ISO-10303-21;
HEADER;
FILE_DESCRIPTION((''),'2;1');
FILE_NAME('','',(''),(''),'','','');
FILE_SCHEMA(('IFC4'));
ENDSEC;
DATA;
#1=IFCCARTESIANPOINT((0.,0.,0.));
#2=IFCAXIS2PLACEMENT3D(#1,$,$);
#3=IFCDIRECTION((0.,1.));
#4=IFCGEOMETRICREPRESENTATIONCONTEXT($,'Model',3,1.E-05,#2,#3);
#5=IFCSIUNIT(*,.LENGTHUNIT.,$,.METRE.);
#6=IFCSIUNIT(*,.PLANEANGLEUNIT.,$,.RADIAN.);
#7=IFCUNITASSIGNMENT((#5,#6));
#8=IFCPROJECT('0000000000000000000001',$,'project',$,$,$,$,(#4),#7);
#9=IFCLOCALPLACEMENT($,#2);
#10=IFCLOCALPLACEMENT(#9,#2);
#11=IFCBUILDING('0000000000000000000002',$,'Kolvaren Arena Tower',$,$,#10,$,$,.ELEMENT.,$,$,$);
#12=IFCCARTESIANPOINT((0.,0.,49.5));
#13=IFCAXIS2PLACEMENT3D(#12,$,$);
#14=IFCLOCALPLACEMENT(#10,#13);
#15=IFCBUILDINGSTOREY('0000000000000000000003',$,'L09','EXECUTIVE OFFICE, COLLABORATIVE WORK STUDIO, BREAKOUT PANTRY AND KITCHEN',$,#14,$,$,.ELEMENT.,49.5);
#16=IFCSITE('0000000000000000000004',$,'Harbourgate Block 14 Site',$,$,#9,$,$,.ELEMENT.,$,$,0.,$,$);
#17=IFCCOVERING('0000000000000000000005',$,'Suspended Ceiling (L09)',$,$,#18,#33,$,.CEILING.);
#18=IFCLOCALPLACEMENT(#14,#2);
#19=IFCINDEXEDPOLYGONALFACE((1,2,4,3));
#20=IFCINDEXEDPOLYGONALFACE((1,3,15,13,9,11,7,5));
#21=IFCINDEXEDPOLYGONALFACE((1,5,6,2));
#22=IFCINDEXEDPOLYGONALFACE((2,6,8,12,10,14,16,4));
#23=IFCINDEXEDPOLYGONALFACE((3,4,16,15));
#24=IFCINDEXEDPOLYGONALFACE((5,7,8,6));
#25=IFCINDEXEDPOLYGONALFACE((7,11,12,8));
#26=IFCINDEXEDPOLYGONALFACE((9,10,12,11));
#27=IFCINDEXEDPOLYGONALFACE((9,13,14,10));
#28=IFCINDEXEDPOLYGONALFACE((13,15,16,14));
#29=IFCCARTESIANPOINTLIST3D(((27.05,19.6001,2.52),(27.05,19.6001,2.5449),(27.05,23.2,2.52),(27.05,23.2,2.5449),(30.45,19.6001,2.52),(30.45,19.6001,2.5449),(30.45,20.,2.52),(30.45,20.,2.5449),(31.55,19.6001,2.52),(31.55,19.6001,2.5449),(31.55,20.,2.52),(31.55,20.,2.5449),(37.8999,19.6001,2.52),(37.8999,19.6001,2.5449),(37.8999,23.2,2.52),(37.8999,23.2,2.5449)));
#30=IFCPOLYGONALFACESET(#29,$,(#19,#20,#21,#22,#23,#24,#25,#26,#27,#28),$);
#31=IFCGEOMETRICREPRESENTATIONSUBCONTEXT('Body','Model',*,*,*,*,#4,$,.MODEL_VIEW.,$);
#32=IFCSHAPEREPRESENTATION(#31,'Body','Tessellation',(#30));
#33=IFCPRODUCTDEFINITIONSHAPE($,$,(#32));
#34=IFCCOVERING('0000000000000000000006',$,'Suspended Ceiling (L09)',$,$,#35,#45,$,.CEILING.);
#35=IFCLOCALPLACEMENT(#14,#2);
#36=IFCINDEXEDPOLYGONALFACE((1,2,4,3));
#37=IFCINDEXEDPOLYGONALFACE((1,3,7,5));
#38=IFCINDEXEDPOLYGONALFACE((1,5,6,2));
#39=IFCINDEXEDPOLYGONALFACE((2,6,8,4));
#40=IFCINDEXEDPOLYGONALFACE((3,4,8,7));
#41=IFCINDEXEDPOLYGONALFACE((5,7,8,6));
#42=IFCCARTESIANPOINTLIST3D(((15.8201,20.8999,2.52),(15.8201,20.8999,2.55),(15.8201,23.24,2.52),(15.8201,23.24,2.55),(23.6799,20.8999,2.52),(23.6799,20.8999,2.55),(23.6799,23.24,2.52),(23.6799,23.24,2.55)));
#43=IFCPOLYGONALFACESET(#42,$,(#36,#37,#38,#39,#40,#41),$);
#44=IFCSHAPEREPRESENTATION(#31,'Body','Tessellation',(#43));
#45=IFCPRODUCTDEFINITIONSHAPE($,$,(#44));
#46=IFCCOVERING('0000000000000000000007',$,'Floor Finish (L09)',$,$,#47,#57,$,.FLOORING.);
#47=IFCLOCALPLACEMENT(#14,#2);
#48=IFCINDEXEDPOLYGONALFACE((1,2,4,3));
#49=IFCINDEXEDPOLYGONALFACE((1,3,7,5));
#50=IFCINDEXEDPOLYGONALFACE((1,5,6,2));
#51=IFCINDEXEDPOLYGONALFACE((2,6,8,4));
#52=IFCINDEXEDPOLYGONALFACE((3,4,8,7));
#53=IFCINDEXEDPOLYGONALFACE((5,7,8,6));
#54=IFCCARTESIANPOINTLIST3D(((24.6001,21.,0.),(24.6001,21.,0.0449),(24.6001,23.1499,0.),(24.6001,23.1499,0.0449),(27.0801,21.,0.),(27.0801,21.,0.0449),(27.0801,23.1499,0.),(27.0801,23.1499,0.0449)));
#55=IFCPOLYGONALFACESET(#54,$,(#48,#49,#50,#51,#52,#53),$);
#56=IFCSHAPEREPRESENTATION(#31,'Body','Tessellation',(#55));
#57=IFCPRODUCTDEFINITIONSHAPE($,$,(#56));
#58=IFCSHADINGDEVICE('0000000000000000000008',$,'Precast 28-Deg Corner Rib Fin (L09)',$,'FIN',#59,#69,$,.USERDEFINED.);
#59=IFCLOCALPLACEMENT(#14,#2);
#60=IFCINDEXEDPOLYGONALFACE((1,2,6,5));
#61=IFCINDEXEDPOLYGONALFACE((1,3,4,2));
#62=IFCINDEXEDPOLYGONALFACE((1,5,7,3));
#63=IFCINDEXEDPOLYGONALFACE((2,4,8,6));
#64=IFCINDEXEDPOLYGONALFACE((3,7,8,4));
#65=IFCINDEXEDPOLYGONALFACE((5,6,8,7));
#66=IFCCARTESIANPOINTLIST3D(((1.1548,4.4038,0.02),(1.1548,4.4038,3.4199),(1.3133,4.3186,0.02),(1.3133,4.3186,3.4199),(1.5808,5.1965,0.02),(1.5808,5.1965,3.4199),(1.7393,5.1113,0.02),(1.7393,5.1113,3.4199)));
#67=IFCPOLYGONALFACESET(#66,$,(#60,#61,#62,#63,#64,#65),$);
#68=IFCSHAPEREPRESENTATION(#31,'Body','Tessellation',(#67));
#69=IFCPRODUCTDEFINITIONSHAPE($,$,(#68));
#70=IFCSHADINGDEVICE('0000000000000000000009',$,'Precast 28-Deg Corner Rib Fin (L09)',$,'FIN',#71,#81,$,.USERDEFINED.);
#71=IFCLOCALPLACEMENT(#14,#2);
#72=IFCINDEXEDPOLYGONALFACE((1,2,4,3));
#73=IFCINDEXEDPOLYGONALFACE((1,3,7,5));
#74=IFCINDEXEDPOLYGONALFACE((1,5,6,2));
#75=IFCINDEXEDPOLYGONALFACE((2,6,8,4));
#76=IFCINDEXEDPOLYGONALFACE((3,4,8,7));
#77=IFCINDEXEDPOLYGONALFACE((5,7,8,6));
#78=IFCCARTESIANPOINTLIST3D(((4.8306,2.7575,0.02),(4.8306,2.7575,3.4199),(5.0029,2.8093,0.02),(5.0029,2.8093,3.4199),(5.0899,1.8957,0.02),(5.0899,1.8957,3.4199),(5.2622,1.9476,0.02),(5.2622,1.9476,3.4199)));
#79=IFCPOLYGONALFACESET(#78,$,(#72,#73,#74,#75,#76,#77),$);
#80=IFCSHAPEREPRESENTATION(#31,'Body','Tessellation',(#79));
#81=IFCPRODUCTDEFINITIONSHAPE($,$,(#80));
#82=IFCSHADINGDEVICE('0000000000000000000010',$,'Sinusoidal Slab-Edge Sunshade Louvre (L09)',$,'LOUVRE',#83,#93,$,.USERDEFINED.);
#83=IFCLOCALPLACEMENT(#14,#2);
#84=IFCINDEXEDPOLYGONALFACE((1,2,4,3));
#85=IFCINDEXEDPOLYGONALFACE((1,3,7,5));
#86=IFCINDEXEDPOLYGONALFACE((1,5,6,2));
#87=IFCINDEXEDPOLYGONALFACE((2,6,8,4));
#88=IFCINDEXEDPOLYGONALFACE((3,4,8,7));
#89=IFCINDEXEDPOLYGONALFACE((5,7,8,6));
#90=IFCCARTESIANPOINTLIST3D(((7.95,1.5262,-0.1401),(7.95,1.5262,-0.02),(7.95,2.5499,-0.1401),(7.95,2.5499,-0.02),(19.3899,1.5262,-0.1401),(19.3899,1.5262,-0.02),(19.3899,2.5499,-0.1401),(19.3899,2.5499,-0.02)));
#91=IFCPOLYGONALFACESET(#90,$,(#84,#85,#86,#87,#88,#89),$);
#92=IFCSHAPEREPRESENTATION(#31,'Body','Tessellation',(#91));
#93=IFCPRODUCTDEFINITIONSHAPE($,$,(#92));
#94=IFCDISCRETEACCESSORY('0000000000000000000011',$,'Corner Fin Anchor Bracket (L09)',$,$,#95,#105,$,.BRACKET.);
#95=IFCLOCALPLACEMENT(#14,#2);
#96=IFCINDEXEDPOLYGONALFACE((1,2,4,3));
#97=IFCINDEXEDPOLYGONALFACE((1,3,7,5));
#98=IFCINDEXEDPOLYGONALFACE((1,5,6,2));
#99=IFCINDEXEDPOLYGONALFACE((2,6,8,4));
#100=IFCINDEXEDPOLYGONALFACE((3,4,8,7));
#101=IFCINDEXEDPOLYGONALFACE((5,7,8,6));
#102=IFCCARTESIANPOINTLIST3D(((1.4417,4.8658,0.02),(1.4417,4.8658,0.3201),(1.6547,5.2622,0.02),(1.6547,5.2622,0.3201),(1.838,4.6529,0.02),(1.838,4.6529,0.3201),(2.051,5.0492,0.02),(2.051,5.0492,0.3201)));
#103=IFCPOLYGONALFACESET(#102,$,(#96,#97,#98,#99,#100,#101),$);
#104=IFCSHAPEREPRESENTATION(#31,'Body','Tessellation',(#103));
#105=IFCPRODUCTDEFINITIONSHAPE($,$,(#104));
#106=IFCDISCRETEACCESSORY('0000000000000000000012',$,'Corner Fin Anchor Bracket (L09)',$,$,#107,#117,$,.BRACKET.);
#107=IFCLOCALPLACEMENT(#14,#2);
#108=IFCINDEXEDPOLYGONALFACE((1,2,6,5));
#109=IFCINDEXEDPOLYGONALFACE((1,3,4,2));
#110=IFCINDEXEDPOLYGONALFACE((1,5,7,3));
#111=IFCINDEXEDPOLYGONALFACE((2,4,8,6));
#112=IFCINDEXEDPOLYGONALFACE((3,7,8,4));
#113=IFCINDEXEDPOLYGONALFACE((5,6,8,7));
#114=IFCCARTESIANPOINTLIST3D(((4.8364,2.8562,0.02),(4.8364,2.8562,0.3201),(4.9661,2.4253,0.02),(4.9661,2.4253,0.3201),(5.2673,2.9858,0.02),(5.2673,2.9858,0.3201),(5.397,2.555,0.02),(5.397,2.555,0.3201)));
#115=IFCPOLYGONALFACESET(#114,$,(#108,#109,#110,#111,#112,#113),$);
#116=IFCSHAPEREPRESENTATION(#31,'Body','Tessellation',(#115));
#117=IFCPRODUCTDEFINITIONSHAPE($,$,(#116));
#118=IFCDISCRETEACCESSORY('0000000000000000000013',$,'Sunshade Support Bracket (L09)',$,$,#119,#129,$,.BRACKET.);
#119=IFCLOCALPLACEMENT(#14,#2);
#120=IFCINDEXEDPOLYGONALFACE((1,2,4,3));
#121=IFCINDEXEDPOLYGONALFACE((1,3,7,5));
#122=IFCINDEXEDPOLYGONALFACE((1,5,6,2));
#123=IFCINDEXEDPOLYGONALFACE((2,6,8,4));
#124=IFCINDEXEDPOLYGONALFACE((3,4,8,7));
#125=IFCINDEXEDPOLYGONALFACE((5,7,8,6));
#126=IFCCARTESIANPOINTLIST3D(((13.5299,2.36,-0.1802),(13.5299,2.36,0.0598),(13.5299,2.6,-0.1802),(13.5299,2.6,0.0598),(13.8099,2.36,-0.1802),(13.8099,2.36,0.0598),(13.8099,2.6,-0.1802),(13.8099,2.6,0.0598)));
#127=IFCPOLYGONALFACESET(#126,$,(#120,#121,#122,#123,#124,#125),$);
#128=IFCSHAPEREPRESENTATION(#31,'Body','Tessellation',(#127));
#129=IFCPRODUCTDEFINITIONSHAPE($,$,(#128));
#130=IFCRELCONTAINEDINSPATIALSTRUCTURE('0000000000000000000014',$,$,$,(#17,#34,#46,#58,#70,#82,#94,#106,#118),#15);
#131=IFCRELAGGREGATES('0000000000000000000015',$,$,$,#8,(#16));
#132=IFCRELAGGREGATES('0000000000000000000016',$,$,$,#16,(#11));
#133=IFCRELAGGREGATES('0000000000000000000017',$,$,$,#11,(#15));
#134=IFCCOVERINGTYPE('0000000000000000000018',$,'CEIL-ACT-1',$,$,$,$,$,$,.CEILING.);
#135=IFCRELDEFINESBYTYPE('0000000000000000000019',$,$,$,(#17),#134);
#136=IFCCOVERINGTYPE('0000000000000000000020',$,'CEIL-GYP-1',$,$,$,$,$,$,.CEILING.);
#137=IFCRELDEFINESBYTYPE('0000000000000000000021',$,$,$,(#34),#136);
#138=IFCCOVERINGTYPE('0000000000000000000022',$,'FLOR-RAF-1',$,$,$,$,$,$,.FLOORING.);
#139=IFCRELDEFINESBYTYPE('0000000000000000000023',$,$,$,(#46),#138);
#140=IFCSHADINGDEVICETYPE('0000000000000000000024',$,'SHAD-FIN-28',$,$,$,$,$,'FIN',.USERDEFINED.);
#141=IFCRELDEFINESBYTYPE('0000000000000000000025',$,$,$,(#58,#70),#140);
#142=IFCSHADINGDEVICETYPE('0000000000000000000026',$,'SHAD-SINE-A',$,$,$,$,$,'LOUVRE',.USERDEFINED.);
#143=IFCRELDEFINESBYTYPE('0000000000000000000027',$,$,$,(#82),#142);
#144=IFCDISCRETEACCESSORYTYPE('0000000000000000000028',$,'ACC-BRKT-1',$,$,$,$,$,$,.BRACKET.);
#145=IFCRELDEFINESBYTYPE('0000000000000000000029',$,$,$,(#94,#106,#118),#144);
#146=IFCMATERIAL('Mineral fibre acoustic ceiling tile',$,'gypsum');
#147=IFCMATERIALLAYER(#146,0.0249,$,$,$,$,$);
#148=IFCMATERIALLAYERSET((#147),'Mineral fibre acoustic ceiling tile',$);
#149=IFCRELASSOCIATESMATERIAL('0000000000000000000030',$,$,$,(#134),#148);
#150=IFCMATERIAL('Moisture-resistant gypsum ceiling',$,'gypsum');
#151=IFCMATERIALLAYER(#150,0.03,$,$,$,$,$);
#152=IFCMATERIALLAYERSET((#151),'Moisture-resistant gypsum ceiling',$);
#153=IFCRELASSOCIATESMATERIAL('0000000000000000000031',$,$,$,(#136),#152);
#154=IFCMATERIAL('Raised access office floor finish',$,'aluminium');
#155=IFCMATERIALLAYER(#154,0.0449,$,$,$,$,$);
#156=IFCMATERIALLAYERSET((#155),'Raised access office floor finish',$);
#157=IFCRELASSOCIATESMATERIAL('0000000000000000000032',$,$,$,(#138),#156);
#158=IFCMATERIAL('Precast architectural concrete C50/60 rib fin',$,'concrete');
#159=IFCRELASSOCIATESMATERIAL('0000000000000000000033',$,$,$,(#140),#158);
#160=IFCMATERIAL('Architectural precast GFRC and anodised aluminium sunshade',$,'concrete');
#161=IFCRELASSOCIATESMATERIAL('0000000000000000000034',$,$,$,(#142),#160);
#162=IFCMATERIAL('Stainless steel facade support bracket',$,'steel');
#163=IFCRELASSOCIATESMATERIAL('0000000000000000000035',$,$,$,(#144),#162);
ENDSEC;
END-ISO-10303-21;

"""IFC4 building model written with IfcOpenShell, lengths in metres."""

from ifc_helpers import new_model, si_unit, direction, frame, origin, origin_2d, place, context, subcontext, project, spatial, polyline, rectangle, outline, extrude, material, layer, layer_set, type_object, element, save


model = new_model("IFC4")

# Units and contexts
model_context = context("Model", 3, precision=1e-05, world=origin(), true_north=direction((0.0, 1.0)))
body_context = subcontext(model_context, "Body", "Model", "MODEL_VIEW")
ifc_project = project(units=[si_unit("LENGTHUNIT", "METRE"), si_unit("PLANEANGLEUNIT", "RADIAN")], contexts=[model_context])

# Site, building, storey
site_placement = place(None, origin())
site = spatial("IfcSite", under=ifc_project, at=site_placement, Name="Harbourgate Block 14 Site", CompositionType="ELEMENT", RefElevation=0.0)
building_placement = place(site_placement, origin())
building = spatial("IfcBuilding", under=site, at=building_placement, Name="Kolvaren Arena Tower", CompositionType="ELEMENT")
storey_placement = place(building_placement, frame((0.0, 0.0, 49.5)))
storey = spatial("IfcBuildingStorey", under=building, at=storey_placement, Name="L09", Description="EXECUTIVE OFFICE, COLLABORATIVE WORK STUDIO, BREAKOUT PANTRY AND KITCHEN", CompositionType="ELEMENT", Elevation=49.5)

# Coverings
ifc_material_1 = material(Name="Mineral fibre acoustic ceiling tile", Category="gypsum")
ifc_layer_1 = layer(ifc_material_1, 0.0249)
ifc_layer_set_1 = layer_set([ifc_layer_1], Name="Mineral fibre acoustic ceiling tile")
covering_type_1 = type_object("IfcCoveringType", Name="CEIL-ACT-1", PredefinedType="CEILING", material=ifc_layer_set_1)
covering_1_placement = place(storey_placement, frame((0.0, 0.0, 2.52)))
element("IfcCovering", 1, at=covering_1_placement, inside=storey, type_object=covering_type_1, Name="Suspended Ceiling (L09)", PredefinedType="CEILING", context=body_context, shape_type="SweptSolid", body=[
    extrude(outline(polyline([(27.05, 19.6001), (27.05, 23.2), (37.8999, 23.2), (37.8999, 19.6001), (31.55, 19.6001), (31.55, 20.0), (30.45, 20.0), (30.45, 19.6001), (27.05, 19.6001)])), origin(), (0.0, 0.0, 1.0), 0.0249),
])
ifc_material_2 = material(Name="Moisture-resistant gypsum ceiling", Category="gypsum")
ifc_layer_2 = layer(ifc_material_2, 0.03)
ifc_layer_set_2 = layer_set([ifc_layer_2], Name="Moisture-resistant gypsum ceiling")
covering_type_2 = type_object("IfcCoveringType", Name="CEIL-GYP-1", PredefinedType="CEILING", material=ifc_layer_set_2)
covering_2_placement = place(storey_placement, frame((0.0, 0.0, 2.52)))
element("IfcCovering", 2, at=covering_2_placement, inside=storey, type_object=covering_type_2, Name="Suspended Ceiling (L09)", PredefinedType="CEILING", context=body_context, shape_type="SweptSolid", body=[
    extrude(outline(polyline([(15.8201, 20.8999), (15.8201, 23.24), (23.6799, 23.24), (23.6799, 20.8999), (15.8201, 20.8999)])), origin(), (0.0, 0.0, 1.0), 0.03),
])
ifc_material_3 = material(Name="Raised access office floor finish", Category="aluminium")
ifc_layer_3 = layer(ifc_material_3, 0.0449)
ifc_layer_set_3 = layer_set([ifc_layer_3], Name="Raised access office floor finish")
covering_type_3 = type_object("IfcCoveringType", Name="FLOR-RAF-1", PredefinedType="FLOORING", material=ifc_layer_set_3)
covering_3_placement = place(storey_placement, origin())
element("IfcCovering", 3, at=covering_3_placement, inside=storey, type_object=covering_type_3, Name="Floor Finish (L09)", PredefinedType="FLOORING", context=body_context, shape_type="SweptSolid", body=[
    extrude(outline(polyline([(24.6001, 21.0), (24.6001, 23.1499), (27.0801, 23.1499), (27.0801, 21.0), (24.6001, 21.0)])), origin(), (0.0, 0.0, 1.0), 0.0449),
])

# Shading devices
ifc_material_4 = material(Name="Precast architectural concrete C50/60 rib fin", Category="concrete")
shading_device_type_1 = type_object("IfcShadingDeviceType", Name="SHAD-FIN-28", ElementType="FIN", PredefinedType="USERDEFINED", material=ifc_material_4)
for number, where, z_axis, x_axis, name in (
    (4, (1.447, 4.7576, 0.02), (0.0, 0.0, 1.0), (-0.473349, -0.880875, 0.0), "Precast 28-Deg Corner Rib Fin (L09)"),
    (5, (5.0464, 2.3525, 0.02), (0.0, 0.0, 1.0), (0.288175, -0.957578, 0.0), "Precast 28-Deg Corner Rib Fin (L09)"),
):
    element("IfcShadingDevice", number, at=place(storey_placement, frame(where, z_axis=z_axis, x_axis=x_axis)), inside=storey, type_object=shading_device_type_1, Name=name, ObjectType="FIN", PredefinedType="USERDEFINED", context=body_context, shape_type="SweptSolid", body=[
        extrude(rectangle(XDim=0.8999, YDim=0.1799, at=origin_2d()), origin(), (0.0, 0.0, 1.0), 3.3999),
    ])
ifc_material_5 = material(Name="Architectural precast GFRC and anodised aluminium sunshade", Category="concrete")
shading_device_type_2 = type_object("IfcShadingDeviceType", Name="SHAD-SINE-A", ElementType="LOUVRE", PredefinedType="USERDEFINED", material=ifc_material_5)
shading_device_placement = place(storey_placement, frame((13.6699, 2.0381, -0.1401), z_axis=(0.0, 0.0, 1.0), x_axis=(-1.0, 0.0, 0.0)))
element("IfcShadingDevice", 6, at=shading_device_placement, inside=storey, type_object=shading_device_type_2, Name="Sinusoidal Slab-Edge Sunshade Louvre (L09)", ObjectType="LOUVRE", PredefinedType="USERDEFINED", context=body_context, shape_type="SweptSolid", body=[
    extrude(rectangle(XDim=11.4399, YDim=1.0237, at=origin_2d()), origin(), (0.0, 0.0, 1.0), 0.1201),
])

# Discrete accessories
ifc_material_6 = material(Name="Stainless steel facade support bracket", Category="steel")
discrete_accessory_type = type_object("IfcDiscreteAccessoryType", Name="ACC-BRKT-1", PredefinedType="BRACKET", material=ifc_material_6)
for number, where, z_axis, x_axis, name in (
    (7, (1.7463, 4.9575, 0.02), (0.0, 0.0, 1.0), (-0.473349, -0.880875, 0.0), "Corner Fin Anchor Bracket (L09)"),
    (8, (5.1167, 2.7056, 0.02), (0.0, 0.0, 1.0), (0.288175, -0.957578, 0.0), "Corner Fin Anchor Bracket (L09)"),
):
    element("IfcDiscreteAccessory", number, at=place(storey_placement, frame(where, z_axis=z_axis, x_axis=x_axis)), inside=storey, type_object=discrete_accessory_type, Name=name, PredefinedType="BRACKET", context=body_context, shape_type="SweptSolid", body=[
        extrude(rectangle(XDim=0.45, YDim=0.45, at=origin_2d()), origin(), (0.0, 0.0, 1.0), 0.3),
    ])
discrete_accessory_placement = place(storey_placement, frame((13.6699, 2.48, -0.1802), z_axis=(0.0, 0.0, 1.0), x_axis=(-1.0, 0.0, 0.0)))
element("IfcDiscreteAccessory", 9, at=discrete_accessory_placement, inside=storey, type_object=discrete_accessory_type, Name="Sunshade Support Bracket (L09)", PredefinedType="BRACKET", context=body_context, shape_type="SweptSolid", body=[
    extrude(rectangle(XDim=0.28, YDim=0.24, at=origin_2d()), origin(), (0.0, 0.0, 1.0), 0.24),
])

save(model, "model.ifc")
